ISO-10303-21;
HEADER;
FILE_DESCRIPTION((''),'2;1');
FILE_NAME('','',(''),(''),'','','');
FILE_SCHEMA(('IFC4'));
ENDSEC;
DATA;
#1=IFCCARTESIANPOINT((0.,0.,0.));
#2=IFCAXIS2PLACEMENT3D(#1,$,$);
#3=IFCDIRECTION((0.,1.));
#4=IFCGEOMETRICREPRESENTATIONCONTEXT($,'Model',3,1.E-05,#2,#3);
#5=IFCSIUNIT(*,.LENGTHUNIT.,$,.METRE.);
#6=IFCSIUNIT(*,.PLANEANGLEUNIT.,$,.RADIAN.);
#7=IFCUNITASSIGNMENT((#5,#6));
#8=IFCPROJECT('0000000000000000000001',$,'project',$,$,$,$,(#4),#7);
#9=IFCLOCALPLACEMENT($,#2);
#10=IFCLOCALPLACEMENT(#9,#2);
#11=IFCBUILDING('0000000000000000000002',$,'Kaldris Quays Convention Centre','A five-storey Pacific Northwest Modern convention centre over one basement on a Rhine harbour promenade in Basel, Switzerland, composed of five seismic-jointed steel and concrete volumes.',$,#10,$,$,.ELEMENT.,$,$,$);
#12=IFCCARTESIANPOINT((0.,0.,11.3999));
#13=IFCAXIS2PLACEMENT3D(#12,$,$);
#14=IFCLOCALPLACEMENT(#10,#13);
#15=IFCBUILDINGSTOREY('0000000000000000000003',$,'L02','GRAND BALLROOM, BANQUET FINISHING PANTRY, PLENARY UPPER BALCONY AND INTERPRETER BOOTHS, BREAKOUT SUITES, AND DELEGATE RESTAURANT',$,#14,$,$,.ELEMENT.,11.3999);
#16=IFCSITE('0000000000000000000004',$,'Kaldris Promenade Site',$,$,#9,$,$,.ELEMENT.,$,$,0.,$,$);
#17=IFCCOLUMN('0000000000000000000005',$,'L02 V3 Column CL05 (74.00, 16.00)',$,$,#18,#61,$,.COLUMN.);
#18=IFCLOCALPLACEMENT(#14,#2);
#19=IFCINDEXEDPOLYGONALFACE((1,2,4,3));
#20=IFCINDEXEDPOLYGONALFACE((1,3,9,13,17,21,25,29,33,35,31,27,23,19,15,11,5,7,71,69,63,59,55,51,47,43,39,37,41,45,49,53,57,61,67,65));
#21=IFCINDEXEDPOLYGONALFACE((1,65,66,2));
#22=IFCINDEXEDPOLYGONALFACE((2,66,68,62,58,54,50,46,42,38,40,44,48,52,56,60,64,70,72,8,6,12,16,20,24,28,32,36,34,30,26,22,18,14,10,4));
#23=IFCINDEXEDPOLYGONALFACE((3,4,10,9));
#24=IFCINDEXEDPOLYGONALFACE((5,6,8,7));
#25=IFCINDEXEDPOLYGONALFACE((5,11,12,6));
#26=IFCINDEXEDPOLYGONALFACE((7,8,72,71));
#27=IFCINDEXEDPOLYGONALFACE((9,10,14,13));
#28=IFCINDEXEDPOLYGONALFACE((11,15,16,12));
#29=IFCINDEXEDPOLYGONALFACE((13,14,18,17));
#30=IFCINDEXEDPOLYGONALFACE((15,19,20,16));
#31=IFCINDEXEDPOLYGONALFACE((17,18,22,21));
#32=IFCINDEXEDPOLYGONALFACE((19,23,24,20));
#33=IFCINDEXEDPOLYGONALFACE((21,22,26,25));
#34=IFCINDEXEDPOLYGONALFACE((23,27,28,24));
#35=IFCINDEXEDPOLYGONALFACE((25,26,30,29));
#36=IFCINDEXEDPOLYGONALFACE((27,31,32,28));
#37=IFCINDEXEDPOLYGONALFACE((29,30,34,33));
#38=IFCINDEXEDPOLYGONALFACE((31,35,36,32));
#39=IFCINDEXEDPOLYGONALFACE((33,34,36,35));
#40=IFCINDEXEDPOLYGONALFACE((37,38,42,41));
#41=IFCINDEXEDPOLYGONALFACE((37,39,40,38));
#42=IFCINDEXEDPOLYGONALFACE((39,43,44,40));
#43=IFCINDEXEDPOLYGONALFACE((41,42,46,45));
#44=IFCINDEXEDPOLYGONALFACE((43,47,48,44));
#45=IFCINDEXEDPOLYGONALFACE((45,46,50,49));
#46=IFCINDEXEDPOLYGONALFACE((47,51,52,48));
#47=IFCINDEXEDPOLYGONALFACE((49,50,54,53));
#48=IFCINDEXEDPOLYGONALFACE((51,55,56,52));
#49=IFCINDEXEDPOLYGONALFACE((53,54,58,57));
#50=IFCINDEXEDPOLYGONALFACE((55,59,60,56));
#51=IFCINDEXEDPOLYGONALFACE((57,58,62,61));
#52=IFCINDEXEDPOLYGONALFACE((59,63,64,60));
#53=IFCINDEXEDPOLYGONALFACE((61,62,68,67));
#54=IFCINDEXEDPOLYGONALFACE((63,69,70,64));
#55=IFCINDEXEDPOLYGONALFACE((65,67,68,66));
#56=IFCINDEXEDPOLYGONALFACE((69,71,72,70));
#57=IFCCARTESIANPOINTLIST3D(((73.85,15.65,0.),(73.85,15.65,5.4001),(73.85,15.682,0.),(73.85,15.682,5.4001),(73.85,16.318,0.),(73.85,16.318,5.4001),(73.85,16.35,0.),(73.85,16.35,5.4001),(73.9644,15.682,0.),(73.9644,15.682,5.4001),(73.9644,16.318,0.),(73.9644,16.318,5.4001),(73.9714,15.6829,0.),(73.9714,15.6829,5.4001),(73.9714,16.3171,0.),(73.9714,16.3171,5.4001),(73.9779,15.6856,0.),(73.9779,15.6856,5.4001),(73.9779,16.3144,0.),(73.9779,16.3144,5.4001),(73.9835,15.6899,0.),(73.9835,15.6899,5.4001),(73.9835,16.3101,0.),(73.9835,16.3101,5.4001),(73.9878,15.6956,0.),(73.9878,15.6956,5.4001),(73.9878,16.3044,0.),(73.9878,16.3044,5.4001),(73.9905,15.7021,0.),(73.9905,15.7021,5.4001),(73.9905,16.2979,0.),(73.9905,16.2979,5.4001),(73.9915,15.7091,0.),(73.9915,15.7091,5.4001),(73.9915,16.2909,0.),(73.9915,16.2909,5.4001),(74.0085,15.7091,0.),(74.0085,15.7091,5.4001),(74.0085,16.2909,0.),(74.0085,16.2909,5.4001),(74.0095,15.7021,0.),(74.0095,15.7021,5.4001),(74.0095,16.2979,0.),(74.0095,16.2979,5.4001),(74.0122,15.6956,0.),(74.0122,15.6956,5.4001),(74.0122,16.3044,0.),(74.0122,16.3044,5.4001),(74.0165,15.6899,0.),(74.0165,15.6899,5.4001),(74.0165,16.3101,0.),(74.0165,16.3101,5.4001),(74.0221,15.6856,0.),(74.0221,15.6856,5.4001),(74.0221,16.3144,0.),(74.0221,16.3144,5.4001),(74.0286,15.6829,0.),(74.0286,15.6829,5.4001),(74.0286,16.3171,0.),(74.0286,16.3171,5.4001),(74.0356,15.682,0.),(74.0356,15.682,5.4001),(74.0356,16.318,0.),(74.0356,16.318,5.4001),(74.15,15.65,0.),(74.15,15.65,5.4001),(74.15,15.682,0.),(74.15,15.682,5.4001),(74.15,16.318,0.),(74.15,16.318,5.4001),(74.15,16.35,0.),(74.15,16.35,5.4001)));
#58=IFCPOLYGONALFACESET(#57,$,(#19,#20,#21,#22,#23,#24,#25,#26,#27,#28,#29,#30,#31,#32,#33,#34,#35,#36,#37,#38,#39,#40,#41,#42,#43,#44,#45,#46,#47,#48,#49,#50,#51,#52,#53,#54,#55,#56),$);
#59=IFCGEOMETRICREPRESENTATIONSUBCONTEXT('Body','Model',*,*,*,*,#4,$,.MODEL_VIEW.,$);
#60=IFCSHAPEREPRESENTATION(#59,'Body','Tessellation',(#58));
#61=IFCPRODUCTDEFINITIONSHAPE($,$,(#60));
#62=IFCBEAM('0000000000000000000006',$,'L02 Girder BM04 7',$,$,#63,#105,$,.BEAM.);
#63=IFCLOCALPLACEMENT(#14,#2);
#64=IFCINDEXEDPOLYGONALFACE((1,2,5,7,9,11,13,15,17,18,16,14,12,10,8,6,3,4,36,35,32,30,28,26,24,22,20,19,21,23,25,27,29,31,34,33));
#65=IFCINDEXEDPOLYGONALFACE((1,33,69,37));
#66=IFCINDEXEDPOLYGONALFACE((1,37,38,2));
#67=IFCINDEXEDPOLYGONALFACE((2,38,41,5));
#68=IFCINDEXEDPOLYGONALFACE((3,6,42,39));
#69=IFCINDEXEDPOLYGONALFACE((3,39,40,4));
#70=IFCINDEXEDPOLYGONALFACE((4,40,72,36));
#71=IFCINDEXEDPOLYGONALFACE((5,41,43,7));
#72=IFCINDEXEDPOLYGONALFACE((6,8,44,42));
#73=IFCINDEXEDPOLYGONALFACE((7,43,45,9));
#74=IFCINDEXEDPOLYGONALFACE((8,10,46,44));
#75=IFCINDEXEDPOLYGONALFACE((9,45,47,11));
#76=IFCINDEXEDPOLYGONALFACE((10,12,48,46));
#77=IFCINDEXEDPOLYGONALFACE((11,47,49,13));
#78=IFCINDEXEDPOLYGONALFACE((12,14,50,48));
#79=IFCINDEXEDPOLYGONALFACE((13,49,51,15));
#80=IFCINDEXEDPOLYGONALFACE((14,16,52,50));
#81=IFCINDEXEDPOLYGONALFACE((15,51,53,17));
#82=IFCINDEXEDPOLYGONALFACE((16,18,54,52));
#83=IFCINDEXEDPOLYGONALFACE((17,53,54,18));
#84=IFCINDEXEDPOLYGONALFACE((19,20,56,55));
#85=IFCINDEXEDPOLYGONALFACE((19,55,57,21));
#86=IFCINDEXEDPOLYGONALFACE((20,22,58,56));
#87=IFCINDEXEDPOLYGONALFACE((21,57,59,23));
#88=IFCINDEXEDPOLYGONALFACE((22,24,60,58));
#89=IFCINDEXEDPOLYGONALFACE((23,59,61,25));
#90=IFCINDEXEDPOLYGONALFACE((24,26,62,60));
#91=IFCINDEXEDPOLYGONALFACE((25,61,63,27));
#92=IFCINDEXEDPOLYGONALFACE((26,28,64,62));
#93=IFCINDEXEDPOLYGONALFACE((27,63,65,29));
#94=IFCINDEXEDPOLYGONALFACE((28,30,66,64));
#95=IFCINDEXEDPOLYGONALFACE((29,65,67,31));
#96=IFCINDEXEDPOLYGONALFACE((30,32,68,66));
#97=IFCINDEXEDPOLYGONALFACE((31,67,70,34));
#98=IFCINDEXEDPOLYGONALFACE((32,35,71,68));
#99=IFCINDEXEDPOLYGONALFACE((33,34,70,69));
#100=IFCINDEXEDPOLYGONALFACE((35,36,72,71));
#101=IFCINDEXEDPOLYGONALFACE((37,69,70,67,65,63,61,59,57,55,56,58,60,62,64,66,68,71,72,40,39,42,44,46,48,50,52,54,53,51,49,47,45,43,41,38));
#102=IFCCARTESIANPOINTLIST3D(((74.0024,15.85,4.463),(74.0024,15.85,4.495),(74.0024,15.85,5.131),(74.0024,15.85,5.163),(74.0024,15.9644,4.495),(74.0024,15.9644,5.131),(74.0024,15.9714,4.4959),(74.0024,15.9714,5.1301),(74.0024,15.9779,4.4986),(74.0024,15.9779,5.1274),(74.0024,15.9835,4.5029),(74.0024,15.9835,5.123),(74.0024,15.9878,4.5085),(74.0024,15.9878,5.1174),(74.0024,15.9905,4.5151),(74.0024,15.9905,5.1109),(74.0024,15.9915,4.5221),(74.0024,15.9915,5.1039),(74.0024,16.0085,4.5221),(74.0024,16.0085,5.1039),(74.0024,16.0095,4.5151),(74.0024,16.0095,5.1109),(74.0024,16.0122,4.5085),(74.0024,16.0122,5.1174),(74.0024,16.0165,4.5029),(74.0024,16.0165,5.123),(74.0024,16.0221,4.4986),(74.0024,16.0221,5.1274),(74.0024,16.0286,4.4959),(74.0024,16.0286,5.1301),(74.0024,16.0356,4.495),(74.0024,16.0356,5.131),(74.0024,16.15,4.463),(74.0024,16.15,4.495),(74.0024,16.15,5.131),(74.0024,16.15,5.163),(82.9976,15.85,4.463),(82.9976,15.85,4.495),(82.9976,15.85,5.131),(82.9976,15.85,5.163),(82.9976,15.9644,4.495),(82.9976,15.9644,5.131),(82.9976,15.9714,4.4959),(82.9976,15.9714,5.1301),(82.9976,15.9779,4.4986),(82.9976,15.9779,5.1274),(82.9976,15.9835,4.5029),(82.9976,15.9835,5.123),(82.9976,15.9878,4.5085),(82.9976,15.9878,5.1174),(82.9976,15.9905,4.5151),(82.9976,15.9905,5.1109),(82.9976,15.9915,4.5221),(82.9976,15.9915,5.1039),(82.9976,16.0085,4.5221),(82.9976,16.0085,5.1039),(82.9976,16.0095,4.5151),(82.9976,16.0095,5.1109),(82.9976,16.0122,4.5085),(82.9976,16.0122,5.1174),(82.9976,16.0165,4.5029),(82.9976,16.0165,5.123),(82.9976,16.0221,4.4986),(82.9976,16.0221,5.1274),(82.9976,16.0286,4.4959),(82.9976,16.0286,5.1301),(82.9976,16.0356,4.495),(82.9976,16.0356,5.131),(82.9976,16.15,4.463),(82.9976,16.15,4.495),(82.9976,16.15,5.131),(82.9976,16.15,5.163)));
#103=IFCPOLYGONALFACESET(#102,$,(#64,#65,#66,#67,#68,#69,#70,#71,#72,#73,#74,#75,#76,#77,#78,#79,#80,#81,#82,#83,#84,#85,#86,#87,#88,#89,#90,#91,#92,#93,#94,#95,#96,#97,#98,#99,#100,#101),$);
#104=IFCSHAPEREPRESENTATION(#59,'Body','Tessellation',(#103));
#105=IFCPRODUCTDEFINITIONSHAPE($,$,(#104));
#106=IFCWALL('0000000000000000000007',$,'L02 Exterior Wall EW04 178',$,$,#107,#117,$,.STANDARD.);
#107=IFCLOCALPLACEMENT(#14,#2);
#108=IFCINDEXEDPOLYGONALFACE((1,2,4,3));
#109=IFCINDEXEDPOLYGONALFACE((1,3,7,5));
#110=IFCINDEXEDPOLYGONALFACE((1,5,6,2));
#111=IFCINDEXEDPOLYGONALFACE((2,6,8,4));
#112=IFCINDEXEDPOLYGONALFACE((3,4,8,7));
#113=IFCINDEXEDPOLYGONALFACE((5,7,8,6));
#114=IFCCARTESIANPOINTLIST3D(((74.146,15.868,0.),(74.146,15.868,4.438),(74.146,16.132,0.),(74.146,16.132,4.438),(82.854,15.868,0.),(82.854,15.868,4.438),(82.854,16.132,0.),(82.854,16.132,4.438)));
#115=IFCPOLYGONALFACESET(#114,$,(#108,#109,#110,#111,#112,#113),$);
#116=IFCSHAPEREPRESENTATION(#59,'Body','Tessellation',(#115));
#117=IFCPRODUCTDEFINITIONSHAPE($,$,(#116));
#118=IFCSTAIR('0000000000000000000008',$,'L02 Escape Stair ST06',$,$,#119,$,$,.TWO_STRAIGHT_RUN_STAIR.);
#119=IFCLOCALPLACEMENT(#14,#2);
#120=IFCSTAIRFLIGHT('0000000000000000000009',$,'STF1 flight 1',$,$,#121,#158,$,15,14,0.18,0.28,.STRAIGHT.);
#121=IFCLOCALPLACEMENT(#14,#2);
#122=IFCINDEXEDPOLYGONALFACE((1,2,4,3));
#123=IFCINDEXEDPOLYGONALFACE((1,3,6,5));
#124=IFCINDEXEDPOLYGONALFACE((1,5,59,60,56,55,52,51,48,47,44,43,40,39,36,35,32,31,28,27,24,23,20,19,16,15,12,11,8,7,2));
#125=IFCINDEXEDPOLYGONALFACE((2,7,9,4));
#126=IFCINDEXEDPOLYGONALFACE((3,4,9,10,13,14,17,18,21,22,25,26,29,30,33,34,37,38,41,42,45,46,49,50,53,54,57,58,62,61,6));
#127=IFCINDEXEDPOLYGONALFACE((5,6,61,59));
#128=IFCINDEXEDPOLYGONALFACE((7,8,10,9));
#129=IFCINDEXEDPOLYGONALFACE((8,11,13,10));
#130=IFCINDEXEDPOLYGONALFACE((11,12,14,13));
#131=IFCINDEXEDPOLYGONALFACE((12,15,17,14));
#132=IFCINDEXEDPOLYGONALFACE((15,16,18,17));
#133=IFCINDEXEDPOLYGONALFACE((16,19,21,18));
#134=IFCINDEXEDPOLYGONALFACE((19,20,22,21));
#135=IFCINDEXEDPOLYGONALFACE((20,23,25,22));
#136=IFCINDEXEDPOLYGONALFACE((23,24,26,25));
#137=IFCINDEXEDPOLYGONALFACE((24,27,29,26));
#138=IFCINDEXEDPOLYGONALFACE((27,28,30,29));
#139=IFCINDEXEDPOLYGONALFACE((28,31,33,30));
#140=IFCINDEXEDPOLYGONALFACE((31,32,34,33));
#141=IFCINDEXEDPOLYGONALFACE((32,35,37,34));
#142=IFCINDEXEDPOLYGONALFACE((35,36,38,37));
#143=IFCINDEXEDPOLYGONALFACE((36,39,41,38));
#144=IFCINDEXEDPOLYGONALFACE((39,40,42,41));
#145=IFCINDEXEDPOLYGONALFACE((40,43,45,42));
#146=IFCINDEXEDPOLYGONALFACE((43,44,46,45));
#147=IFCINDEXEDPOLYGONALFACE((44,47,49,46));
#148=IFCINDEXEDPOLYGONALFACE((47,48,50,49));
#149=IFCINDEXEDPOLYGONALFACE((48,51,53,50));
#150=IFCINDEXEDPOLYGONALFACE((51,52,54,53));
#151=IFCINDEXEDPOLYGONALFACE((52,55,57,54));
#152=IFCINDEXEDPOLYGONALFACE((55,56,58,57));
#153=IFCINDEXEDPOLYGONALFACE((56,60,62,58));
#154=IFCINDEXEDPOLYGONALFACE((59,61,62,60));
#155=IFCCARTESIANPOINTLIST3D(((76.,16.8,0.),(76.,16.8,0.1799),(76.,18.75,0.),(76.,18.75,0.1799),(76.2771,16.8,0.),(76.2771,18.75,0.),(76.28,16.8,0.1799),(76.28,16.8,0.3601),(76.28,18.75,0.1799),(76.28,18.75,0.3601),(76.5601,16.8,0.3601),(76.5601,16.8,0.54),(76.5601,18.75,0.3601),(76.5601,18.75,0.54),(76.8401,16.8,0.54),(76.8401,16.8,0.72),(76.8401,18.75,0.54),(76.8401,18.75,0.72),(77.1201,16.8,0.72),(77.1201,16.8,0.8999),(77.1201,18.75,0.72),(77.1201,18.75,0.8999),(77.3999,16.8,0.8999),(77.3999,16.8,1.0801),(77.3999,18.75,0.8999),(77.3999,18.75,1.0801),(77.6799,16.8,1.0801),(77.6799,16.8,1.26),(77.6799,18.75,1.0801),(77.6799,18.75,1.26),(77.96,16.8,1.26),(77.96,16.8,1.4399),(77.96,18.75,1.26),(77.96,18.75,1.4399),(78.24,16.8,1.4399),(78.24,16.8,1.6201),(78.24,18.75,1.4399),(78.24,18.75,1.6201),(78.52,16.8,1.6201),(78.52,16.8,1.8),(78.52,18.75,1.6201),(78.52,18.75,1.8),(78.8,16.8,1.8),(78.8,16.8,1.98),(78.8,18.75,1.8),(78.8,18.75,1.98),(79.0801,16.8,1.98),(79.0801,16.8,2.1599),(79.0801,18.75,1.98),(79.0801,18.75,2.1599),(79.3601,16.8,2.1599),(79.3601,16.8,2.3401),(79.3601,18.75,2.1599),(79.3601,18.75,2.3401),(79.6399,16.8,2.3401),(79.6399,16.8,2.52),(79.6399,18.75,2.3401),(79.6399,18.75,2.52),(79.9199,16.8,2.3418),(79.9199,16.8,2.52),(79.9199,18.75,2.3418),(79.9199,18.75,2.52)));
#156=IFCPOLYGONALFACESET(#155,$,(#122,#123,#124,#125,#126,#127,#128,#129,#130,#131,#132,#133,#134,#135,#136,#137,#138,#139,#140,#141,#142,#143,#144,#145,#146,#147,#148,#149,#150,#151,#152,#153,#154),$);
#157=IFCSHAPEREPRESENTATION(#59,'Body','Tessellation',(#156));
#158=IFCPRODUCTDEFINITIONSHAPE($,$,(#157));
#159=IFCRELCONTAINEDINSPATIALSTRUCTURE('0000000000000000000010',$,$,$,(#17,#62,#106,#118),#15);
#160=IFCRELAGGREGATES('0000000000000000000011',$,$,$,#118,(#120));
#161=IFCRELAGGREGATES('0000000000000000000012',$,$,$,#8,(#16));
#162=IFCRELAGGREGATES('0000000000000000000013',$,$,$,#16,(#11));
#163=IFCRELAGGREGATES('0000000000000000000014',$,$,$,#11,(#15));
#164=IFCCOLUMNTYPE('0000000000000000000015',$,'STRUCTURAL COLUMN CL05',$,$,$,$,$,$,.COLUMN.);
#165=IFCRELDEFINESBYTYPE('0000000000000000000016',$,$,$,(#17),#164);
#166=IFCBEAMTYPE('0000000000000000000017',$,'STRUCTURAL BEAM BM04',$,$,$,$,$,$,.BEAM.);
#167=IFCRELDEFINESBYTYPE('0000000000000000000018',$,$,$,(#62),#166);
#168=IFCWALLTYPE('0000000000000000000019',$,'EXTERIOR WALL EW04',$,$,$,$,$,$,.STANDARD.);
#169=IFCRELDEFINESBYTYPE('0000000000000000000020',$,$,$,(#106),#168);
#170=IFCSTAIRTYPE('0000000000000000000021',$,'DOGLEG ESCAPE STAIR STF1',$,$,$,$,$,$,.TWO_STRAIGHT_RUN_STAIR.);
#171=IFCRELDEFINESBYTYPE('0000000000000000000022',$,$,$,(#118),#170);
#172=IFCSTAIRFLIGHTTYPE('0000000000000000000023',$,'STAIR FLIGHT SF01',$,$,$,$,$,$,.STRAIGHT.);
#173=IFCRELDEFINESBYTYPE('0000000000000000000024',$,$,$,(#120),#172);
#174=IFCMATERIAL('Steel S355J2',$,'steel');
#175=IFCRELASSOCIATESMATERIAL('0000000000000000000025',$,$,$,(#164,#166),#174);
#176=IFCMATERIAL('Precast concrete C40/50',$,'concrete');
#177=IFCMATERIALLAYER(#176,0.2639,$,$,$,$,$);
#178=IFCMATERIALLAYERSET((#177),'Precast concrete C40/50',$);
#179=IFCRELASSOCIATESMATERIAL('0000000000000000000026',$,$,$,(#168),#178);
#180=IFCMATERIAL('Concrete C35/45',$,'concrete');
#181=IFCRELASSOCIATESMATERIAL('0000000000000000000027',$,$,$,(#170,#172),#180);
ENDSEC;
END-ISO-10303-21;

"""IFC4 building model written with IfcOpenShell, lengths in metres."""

from ifc_helpers import new_model, si_unit, direction, frame, frame_2d, origin, origin_2d, place, context, subcontext, project, spatial, polyline, rectangle, i_section, outline, extrude, material, layer, layer_set, material_profile, profile_set, type_object, element, aggregate, save


model = new_model("IFC4")

# Units and contexts
model_context = context("Model", 3, precision=1e-05, world=origin(), true_north=direction((0.0, 1.0)))
body_context = subcontext(model_context, "Body", "Model", "MODEL_VIEW")
ifc_project = project(units=[si_unit("LENGTHUNIT", "METRE"), si_unit("PLANEANGLEUNIT", "RADIAN")], contexts=[model_context])

# Site, building, storey
site_placement = place(None, origin())
site = spatial("IfcSite", under=ifc_project, at=site_placement, Name="Kaldris Promenade Site", CompositionType="ELEMENT", RefElevation=0.0)
building_placement = place(site_placement, origin())
building = spatial("IfcBuilding", under=site, at=building_placement, Name="Kaldris Quays Convention Centre", Description="A five-storey Pacific Northwest Modern convention centre over one basement on a Rhine harbour promenade in Basel, Switzerland, composed of five seismic-jointed steel and concrete volumes.", CompositionType="ELEMENT")
storey_placement = place(building_placement, frame((0.0, 0.0, 11.3999)))
storey = spatial("IfcBuildingStorey", under=building, at=storey_placement, Name="L02", Description="GRAND BALLROOM, BANQUET FINISHING PANTRY, PLENARY UPPER BALCONY AND INTERPRETER BOOTHS, BREAKOUT SUITES, AND DELEGATE RESTAURANT", CompositionType="ELEMENT", Elevation=11.3999)

# Column
ifc_material_1 = material(Name="Steel S355J2", Category="steel")
ifc_material_profile_1 = material_profile(ifc_material_1, i_section(OverallWidth=0.3, OverallDepth=0.7, WebThickness=0.0171, FlangeThickness=0.032, FilletRadius=0.0271, at=origin_2d()), Name="HEB 700")
ifc_profile_set_1 = profile_set([ifc_material_profile_1], Name="Steel S355J2")
column_type = type_object("IfcColumnType", Name="STRUCTURAL COLUMN CL05", PredefinedType="COLUMN", material=ifc_profile_set_1)
column_placement = place(storey_placement, frame((74.0, 16.0, 0.0), z_axis=(0.0, 0.0, 1.0), x_axis=(1.0, 0.0, 0.0)))
element("IfcColumn", 1, at=column_placement, inside=storey, type_object=column_type, Name="L02 V3 Column CL05 (74.00, 16.00)", PredefinedType="COLUMN", context=body_context, shape_type="SweptSolid", body=[
    extrude(i_section(OverallWidth=0.3, OverallDepth=0.7, WebThickness=0.0171, FlangeThickness=0.032, FilletRadius=0.0271, at=origin_2d()), origin(), (0.0, 0.0, 1.0), 5.4001),
])

# Beam
ifc_material_profile_2 = material_profile(ifc_material_1, i_section(OverallWidth=0.3, OverallDepth=0.7, WebThickness=0.0171, FlangeThickness=0.032, FilletRadius=0.0271, at=origin_2d()), Name="HEB 700")
ifc_profile_set_2 = profile_set([ifc_material_profile_2], Name="Steel S355J2")
beam_type = type_object("IfcBeamType", Name="STRUCTURAL BEAM BM04", PredefinedType="BEAM", material=ifc_profile_set_2)
beam_placement = place(storey_placement, frame((74.0024, 16.0, 4.813), z_axis=(1.0, 0.0, 0.0), x_axis=(0.0, 1.0, 0.0)))
element("IfcBeam", 2, at=beam_placement, inside=storey, type_object=beam_type, Name="L02 Girder BM04 7", PredefinedType="BEAM", context=body_context, shape_type="SweptSolid", body=[
    extrude(i_section(OverallWidth=0.3, OverallDepth=0.7, WebThickness=0.0171, FlangeThickness=0.032, FilletRadius=0.0271, at=origin_2d()), origin(), (0.0, 0.0, 1.0), 8.9951),
])

# Wall
ifc_material_2 = material(Name="Precast concrete C40/50", Category="concrete")
ifc_layer_1 = layer(ifc_material_2, 0.2639)
ifc_layer_set_1 = layer_set([ifc_layer_1], Name="Precast concrete C40/50")
wall_type = type_object("IfcWallType", Name="EXTERIOR WALL EW04", PredefinedType="STANDARD", material=ifc_layer_set_1)
wall_placement = place(storey_placement, frame((74.146, 16.0, 0.0), z_axis=(0.0, 0.0, 1.0), x_axis=(1.0, 0.0, 0.0)))
element("IfcWall", 3, at=wall_placement, inside=storey, type_object=wall_type, Name="L02 Exterior Wall EW04 178", PredefinedType="STANDARD", context=body_context, shape_type="SweptSolid", body=[
    extrude(rectangle(XDim=8.708, YDim=0.2639, at=frame_2d((4.354, 0.0))), origin(), (0.0, 0.0, 1.0), 4.438),
])

# Stair, stair flight
ifc_material_3 = material(Name="Concrete C35/45", Category="concrete")
stair_type = type_object("IfcStairType", Name="DOGLEG ESCAPE STAIR STF1", PredefinedType="TWO_STRAIGHT_RUN_STAIR", material=ifc_material_3)
stair_placement = place(storey_placement, origin())
stair = element("IfcStair", 4, at=stair_placement, inside=storey, type_object=stair_type, Name="L02 Escape Stair ST06", PredefinedType="TWO_STRAIGHT_RUN_STAIR")
stair_flight_type = type_object("IfcStairFlightType", Name="STAIR FLIGHT SF01", PredefinedType="STRAIGHT", material=ifc_material_3)
stair_flight_placement = place(storey_placement, frame((76.0, 17.7749, 0.0), z_axis=(0.0, 0.0, 1.0), x_axis=(1.0, 0.0, 0.0)))
stair_flight = element("IfcStairFlight", 5, at=stair_flight_placement, type_object=stair_flight_type, Name="STF1 flight 1", NumberOfRisers=15, NumberOfTreads=14, PredefinedType="STRAIGHT", RiserHeight=0.18, TreadLength=0.28, context=body_context, shape_type="SweptSolid", body=[
    extrude(outline(polyline([(0.0, 0.0), (0.0, 0.1799), (0.28, 0.1799), (0.28, 0.3601), (0.5601, 0.3601), (0.5601, 0.54), (0.8401, 0.54), (0.8401, 0.72), (1.1201, 0.72), (1.1201, 0.8999), (1.3999, 0.8999), (1.3999, 1.0801), (1.6799, 1.0801), (1.6799, 1.26), (1.96, 1.26), (1.96, 1.4399), (2.24, 1.4399), (2.24, 1.6201), (2.52, 1.6201), (2.52, 1.8), (2.8, 1.8), (2.8, 1.98), (3.0801, 1.98), (3.0801, 2.1599), (3.3601, 2.1599), (3.3601, 2.3401), (3.6399, 2.3401), (3.6399, 2.52), (3.9199, 2.52), (3.9199, 2.7), (3.9199, 2.3418), (0.2771, 0.0), (0.0, 0.0)])), frame((0.0, 0.9751, 0.0), z_axis=(0.0, -1.0, 0.0), x_axis=(1.0, 0.0, 0.0)), (0.0, 0.0, 1.0), 1.95),
])
aggregate(stair, [stair_flight])

save(model, "model.ifc")
